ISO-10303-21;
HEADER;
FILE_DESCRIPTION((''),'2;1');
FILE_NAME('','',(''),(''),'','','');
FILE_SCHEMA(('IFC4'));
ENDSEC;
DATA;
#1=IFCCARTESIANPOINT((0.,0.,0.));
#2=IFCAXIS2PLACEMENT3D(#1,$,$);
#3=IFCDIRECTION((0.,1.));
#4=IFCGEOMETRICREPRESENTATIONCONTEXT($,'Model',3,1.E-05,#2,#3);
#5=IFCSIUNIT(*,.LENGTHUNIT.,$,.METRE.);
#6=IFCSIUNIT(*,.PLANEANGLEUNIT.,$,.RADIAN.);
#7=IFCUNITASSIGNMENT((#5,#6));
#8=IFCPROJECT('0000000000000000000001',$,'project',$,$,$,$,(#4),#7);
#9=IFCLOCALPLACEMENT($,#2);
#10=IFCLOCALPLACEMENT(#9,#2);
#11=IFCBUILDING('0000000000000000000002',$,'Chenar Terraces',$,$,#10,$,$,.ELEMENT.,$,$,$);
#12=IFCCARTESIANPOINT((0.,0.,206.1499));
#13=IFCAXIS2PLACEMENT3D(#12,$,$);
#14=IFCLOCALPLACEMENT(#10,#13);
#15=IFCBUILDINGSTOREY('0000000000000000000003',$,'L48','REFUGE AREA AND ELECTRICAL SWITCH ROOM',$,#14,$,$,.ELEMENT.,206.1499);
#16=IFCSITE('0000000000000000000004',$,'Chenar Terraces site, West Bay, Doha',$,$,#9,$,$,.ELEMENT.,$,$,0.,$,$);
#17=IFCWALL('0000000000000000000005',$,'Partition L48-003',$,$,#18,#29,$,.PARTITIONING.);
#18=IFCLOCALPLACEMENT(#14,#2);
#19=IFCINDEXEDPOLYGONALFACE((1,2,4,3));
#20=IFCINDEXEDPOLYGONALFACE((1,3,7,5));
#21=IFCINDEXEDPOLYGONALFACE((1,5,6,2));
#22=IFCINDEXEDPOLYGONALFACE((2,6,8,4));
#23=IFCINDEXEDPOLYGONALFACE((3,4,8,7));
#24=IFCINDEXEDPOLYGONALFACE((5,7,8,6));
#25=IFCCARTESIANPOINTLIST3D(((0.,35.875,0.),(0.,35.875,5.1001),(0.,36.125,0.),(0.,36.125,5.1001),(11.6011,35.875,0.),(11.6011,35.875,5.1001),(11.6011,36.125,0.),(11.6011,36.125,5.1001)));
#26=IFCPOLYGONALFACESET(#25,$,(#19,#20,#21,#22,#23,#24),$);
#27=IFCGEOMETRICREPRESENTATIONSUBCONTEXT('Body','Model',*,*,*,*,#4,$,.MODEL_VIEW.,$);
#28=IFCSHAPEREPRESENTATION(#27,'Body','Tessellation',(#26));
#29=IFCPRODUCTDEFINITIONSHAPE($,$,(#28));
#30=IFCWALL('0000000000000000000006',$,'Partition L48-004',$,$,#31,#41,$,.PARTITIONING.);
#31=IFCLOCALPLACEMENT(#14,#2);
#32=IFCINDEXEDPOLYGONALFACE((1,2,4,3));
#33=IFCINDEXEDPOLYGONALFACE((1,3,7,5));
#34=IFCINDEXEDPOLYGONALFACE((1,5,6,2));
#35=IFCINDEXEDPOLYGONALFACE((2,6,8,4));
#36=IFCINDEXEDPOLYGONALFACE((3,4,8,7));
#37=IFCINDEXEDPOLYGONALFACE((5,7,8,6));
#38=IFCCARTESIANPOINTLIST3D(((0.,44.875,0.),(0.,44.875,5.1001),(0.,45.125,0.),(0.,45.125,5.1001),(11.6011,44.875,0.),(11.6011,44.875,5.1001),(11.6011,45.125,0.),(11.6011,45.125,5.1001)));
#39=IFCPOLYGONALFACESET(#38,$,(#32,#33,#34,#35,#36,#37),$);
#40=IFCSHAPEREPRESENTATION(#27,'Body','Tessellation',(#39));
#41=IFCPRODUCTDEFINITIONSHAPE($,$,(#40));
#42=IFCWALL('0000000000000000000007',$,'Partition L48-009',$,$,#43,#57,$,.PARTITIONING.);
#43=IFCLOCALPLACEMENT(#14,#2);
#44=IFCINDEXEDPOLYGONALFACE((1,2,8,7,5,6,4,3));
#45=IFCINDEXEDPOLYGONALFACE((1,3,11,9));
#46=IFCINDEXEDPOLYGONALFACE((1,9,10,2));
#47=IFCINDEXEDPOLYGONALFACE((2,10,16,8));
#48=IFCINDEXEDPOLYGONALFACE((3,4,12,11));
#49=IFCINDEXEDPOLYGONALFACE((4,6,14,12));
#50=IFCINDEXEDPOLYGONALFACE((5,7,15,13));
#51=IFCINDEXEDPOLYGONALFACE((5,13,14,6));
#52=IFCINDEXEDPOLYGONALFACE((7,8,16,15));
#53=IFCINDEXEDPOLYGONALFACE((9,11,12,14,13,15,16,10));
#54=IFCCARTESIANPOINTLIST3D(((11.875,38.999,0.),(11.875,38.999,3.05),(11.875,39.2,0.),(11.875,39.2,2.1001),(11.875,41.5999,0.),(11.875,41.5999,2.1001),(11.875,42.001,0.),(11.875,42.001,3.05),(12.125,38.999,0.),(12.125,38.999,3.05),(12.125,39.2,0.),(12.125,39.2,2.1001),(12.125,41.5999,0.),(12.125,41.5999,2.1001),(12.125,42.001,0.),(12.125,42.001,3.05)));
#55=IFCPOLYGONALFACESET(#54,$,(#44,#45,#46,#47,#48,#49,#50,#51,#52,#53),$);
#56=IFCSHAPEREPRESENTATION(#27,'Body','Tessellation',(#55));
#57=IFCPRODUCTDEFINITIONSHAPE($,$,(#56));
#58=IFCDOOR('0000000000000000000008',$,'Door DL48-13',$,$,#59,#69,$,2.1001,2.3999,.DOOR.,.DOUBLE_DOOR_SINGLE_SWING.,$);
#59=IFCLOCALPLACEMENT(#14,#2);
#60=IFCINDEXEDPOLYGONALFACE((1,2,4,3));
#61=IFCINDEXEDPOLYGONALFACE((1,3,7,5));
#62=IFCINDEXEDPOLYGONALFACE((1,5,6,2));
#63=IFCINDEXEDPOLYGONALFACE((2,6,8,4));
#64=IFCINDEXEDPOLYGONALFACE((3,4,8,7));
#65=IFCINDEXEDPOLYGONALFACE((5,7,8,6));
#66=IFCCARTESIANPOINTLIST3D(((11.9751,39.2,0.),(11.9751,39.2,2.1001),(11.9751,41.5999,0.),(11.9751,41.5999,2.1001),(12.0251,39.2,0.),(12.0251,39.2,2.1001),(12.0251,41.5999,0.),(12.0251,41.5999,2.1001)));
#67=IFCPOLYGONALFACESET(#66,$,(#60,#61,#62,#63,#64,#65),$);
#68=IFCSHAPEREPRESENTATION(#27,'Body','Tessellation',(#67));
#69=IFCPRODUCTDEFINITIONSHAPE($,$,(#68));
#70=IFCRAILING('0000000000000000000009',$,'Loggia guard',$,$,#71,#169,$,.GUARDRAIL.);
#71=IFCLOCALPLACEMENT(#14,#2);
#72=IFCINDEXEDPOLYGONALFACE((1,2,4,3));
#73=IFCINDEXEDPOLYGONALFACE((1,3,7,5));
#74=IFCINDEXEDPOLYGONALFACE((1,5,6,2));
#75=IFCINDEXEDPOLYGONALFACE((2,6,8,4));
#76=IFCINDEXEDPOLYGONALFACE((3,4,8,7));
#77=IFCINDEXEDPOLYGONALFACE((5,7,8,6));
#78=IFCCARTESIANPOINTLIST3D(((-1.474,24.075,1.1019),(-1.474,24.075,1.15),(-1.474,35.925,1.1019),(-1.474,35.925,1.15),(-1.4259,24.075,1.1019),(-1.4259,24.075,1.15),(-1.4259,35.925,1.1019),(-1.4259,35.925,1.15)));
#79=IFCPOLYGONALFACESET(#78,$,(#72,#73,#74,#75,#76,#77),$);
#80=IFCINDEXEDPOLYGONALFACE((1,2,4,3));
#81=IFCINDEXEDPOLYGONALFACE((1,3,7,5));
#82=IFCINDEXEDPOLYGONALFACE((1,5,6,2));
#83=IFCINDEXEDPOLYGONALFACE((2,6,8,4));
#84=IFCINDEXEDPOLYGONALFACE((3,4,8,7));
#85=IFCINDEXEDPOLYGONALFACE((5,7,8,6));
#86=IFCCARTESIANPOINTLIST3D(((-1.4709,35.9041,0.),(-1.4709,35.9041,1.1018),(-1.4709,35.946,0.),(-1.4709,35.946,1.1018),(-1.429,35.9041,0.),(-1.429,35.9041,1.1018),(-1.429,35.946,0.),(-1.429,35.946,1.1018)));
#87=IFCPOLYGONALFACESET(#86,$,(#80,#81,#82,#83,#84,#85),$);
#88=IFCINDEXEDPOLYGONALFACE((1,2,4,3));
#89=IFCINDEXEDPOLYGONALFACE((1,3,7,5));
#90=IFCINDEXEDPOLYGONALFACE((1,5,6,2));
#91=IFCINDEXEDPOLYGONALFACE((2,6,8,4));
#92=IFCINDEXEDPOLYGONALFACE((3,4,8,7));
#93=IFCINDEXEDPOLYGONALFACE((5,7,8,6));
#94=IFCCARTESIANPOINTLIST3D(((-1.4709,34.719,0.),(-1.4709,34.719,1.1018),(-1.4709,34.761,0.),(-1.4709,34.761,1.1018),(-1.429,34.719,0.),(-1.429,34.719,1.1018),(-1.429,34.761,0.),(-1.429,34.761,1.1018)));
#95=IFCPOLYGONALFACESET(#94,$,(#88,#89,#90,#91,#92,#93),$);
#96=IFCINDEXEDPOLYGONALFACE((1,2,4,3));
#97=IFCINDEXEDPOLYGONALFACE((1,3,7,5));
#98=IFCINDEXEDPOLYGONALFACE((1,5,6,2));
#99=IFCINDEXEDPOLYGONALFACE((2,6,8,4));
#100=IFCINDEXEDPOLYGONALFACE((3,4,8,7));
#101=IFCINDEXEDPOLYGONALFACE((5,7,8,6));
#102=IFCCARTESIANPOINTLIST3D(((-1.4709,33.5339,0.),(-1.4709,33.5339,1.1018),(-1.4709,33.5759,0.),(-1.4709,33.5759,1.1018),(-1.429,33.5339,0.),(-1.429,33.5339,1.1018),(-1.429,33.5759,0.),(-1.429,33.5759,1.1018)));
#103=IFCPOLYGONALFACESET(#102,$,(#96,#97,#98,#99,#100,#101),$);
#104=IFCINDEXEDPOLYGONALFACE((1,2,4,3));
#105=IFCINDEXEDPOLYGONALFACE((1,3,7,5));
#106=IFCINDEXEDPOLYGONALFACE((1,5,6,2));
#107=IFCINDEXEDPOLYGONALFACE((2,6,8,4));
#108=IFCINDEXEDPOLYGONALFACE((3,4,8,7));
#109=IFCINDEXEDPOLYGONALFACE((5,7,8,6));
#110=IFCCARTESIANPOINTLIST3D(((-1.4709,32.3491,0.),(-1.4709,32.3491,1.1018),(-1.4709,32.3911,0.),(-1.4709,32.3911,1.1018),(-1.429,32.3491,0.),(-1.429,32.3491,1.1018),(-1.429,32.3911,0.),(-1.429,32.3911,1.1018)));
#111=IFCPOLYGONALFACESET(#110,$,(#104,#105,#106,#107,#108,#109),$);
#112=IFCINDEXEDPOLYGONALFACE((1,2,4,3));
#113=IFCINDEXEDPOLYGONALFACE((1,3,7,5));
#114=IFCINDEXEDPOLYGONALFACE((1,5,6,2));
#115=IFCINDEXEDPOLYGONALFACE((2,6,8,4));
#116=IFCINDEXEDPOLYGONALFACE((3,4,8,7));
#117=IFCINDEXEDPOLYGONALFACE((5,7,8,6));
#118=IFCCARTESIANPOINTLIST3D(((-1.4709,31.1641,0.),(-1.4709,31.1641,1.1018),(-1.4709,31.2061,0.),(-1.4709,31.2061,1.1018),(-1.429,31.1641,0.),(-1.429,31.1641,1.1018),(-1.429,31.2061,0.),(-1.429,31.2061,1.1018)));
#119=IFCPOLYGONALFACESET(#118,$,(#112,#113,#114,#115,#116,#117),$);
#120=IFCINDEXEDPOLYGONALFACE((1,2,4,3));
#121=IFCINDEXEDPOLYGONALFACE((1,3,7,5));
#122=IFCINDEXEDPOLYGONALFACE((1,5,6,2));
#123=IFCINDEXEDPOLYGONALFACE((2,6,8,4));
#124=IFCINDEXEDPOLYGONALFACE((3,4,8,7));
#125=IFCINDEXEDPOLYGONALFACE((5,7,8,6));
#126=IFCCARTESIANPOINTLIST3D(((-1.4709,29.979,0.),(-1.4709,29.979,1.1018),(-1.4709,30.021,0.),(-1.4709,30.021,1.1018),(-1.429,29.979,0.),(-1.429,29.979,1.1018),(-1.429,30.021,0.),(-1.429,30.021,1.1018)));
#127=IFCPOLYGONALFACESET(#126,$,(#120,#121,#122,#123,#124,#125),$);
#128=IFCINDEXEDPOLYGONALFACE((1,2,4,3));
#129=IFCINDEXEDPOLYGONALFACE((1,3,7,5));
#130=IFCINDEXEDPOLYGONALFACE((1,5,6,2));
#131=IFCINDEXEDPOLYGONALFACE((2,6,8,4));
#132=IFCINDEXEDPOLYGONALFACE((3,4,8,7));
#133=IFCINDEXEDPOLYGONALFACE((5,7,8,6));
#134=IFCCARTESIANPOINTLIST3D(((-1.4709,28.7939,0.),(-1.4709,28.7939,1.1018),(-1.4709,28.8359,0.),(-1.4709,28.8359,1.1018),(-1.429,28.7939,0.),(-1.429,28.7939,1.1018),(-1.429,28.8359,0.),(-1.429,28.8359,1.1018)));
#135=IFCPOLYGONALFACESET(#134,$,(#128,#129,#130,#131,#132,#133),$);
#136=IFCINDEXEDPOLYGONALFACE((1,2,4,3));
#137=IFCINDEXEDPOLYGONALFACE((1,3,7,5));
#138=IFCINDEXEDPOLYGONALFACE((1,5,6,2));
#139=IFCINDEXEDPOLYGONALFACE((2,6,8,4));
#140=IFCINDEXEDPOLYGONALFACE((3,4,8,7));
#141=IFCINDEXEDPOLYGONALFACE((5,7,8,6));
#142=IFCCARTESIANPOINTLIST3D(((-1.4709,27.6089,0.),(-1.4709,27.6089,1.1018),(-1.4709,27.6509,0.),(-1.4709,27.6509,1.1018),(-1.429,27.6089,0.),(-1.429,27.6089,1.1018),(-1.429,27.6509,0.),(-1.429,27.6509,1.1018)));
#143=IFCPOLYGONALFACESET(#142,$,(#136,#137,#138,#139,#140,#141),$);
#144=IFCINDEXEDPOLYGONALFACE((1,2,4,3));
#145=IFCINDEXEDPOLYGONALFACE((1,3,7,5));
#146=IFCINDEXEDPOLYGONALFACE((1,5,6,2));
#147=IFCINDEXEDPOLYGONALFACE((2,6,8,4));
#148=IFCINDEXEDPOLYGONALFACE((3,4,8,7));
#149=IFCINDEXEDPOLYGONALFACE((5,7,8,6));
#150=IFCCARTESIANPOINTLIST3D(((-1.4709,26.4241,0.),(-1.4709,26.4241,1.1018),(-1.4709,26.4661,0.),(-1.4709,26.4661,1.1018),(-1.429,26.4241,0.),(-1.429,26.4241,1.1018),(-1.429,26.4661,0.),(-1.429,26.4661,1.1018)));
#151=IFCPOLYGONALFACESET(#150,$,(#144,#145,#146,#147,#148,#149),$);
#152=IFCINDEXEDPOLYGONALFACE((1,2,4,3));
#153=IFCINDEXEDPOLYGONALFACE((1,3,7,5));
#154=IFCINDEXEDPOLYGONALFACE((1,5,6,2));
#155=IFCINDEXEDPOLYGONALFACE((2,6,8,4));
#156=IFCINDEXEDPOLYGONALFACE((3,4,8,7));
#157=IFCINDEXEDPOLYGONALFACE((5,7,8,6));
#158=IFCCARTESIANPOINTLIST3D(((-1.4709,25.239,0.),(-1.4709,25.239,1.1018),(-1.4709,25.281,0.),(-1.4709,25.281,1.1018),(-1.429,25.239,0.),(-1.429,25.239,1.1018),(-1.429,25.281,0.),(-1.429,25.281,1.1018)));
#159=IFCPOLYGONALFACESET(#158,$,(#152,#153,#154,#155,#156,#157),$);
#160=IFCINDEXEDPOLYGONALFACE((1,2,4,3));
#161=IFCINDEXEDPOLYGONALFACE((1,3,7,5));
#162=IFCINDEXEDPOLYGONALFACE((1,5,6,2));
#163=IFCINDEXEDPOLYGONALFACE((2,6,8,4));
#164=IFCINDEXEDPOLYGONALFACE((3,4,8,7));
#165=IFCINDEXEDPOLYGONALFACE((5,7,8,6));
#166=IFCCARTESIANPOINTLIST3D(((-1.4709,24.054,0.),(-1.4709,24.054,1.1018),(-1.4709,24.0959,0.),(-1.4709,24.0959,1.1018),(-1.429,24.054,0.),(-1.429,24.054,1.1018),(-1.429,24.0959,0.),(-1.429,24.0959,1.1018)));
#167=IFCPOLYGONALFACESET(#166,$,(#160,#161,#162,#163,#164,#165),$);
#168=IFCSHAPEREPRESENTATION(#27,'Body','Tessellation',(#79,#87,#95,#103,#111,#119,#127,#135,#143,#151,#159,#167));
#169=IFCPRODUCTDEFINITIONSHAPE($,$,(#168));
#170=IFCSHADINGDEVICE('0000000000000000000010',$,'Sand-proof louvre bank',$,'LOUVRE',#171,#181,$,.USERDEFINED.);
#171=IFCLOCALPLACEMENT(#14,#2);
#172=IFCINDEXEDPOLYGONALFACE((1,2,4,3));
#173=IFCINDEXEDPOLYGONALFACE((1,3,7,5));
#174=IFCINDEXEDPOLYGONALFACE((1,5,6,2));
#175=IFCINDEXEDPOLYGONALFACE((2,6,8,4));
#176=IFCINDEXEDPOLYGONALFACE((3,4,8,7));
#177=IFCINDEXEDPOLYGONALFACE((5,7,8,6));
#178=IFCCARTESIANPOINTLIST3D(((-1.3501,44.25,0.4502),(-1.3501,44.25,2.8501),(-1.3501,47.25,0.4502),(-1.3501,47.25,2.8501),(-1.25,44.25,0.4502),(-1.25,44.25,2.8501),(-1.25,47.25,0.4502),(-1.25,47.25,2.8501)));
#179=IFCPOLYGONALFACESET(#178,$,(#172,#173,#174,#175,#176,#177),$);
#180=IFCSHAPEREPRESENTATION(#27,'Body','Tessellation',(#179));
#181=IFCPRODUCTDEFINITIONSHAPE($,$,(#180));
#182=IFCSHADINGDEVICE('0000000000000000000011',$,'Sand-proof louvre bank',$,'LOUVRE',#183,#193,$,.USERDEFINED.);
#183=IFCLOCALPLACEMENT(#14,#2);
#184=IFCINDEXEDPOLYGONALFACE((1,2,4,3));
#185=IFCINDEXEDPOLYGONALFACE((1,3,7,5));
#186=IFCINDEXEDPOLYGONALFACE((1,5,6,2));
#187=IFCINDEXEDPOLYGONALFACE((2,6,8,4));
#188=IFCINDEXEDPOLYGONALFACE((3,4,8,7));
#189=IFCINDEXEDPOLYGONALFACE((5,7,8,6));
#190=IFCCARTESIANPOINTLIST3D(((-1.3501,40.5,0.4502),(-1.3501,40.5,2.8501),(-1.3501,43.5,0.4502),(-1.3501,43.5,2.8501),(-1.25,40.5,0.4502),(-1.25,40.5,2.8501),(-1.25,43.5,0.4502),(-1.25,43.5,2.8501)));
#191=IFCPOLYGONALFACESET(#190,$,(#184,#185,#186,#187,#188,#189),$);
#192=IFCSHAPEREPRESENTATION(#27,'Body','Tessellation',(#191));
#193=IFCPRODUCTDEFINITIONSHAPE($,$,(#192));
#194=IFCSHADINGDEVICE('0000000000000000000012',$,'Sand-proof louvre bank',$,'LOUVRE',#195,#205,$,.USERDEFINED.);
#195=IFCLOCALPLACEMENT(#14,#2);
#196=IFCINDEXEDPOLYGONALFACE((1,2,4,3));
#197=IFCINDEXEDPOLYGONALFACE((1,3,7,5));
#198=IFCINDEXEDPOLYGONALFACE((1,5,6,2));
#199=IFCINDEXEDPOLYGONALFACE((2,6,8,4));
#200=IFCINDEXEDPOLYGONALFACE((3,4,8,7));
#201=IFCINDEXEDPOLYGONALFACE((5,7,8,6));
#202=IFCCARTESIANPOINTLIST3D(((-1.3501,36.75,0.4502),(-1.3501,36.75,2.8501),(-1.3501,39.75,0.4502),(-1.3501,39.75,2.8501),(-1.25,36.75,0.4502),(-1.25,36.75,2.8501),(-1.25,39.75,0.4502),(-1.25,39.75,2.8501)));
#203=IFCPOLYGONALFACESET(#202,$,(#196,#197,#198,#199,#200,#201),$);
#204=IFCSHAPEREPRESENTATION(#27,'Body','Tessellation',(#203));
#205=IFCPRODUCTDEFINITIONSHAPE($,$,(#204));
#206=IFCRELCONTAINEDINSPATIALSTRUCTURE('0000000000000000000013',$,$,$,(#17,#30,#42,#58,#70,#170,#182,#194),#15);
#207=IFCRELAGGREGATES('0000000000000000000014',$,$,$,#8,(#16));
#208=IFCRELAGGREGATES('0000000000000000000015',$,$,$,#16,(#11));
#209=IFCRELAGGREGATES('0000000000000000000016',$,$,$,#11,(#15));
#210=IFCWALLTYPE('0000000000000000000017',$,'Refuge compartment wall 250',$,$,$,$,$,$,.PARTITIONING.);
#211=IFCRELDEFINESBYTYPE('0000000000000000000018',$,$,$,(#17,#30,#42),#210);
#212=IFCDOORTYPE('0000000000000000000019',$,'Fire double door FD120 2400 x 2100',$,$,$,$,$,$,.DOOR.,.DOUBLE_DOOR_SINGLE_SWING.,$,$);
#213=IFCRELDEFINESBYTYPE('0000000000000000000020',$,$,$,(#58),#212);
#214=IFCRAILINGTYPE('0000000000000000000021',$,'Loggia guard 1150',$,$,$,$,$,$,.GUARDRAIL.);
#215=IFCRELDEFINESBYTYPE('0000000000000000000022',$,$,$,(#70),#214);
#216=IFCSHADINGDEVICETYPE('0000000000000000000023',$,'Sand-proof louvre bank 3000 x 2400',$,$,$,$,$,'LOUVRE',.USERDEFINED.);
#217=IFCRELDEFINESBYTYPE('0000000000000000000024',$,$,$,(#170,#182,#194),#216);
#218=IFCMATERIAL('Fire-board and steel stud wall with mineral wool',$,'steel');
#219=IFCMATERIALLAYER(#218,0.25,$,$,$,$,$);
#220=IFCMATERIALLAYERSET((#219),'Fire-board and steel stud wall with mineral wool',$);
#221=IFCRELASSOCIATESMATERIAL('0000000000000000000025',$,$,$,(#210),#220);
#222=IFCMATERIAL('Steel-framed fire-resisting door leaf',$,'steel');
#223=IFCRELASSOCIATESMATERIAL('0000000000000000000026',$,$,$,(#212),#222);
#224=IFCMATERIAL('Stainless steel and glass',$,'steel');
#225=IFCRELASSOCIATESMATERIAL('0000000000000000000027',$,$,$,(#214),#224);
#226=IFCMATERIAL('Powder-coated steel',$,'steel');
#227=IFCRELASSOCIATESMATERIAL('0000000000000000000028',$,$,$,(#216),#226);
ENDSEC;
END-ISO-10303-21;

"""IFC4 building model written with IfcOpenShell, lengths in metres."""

from ifc_helpers import new_model, si_unit, direction, frame, frame_2d, origin, origin_2d, place, context, subcontext, project, spatial, rectangle, extrude, material, layer, layer_set, type_object, element, fill, save


model = new_model("IFC4")

# Units and contexts
model_context = context("Model", 3, precision=1e-05, world=origin(), true_north=direction((0.0, 1.0)))
body_context = subcontext(model_context, "Body", "Model", "MODEL_VIEW")
ifc_project = project(units=[si_unit("LENGTHUNIT", "METRE"), si_unit("PLANEANGLEUNIT", "RADIAN")], contexts=[model_context])

# Site, building, storey
site_placement = place(None, origin())
site = spatial("IfcSite", under=ifc_project, at=site_placement, Name="Chenar Terraces site, West Bay, Doha", CompositionType="ELEMENT", RefElevation=0.0)
building_placement = place(site_placement, origin())
building = spatial("IfcBuilding", under=site, at=building_placement, Name="Chenar Terraces", CompositionType="ELEMENT")
storey_placement = place(building_placement, frame((0.0, 0.0, 206.1499)))
storey = spatial("IfcBuildingStorey", under=building, at=storey_placement, Name="L48", Description="REFUGE AREA AND ELECTRICAL SWITCH ROOM", CompositionType="ELEMENT", Elevation=206.1499)

# Shared definitions
placement_1 = place(storey_placement, frame((0.0, 36.0, 0.0), z_axis=(0.0, 0.0, 1.0), x_axis=(1.0, 0.0, 0.0)))
placement_2 = place(storey_placement, frame((0.0, 45.0, 0.0), z_axis=(0.0, 0.0, 1.0), x_axis=(1.0, 0.0, 0.0)))

# Walls
ifc_material_1 = material(Name="Fire-board and steel stud wall with mineral wool", Category="steel")
ifc_layer_1 = layer(ifc_material_1, 0.25)
ifc_layer_set_1 = layer_set([ifc_layer_1], Name="Fire-board and steel stud wall with mineral wool")
wall_type_1 = type_object("IfcWallType", Name="Refuge compartment wall 250", PredefinedType="PARTITIONING", material=ifc_layer_set_1)
element("IfcWall", 1, at=placement_1, inside=storey, type_object=wall_type_1, Name="Partition L48-003", PredefinedType="PARTITIONING", context=body_context, shape_type="SweptSolid", body=[
    extrude(rectangle(XDim=11.6011, YDim=0.25, at=frame_2d((5.8005, 0.0))), origin(), (0.0, 0.0, 1.0), 5.1001),
])
element("IfcWall", 2, at=placement_2, inside=storey, type_object=wall_type_1, Name="Partition L48-004", PredefinedType="PARTITIONING", context=body_context, shape_type="SweptSolid", body=[
    extrude(rectangle(XDim=11.6011, YDim=0.25, at=frame_2d((5.8005, 0.0))), origin(), (0.0, 0.0, 1.0), 5.1001),
])

# Wall, opening, door
wall_1_placement = place(storey_placement, frame((12.0, 38.999, 0.0), z_axis=(0.0, 0.0, 1.0), x_axis=(0.0, 1.0, 0.0)))
wall_1 = element("IfcWall", 3, at=wall_1_placement, inside=storey, type_object=wall_type_1, Name="Partition L48-009", PredefinedType="PARTITIONING", context=body_context, shape_type="SweptSolid", body=[
    extrude(rectangle(XDim=3.002, YDim=0.25, at=frame_2d((1.501, 0.0))), origin(), (0.0, 0.0, 1.0), 3.05),
])
opening_1_placement = place(wall_1_placement, frame((0.2009, 0.0, 0.0)))
opening_1 = element("IfcOpeningElement", 4, at=opening_1_placement, cuts=wall_1, PredefinedType="OPENING", context=body_context, shape_type="SweptSolid", body=[
    extrude(rectangle(XDim=2.3999, YDim=2.1001, at=frame_2d((1.2, 1.05))), frame((0.0, 0.135, 0.0), z_axis=(0.0, -1.0, 0.0), x_axis=(1.0, 0.0, 0.0)), (0.0, 0.0, 1.0), 0.27),
])
ifc_material_2 = material(Name="Steel-framed fire-resisting door leaf", Category="steel")
door_type = type_object("IfcDoorType", Name="Fire double door FD120 2400 x 2100", OperationType="DOUBLE_DOOR_SINGLE_SWING", PredefinedType="DOOR", material=ifc_material_2)
door_placement = place(opening_1_placement, origin())
door = element("IfcDoor", 5, at=door_placement, inside=storey, type_object=door_type, Name="Door DL48-13", OperationType="DOUBLE_DOOR_SINGLE_SWING", OverallHeight=2.1001, OverallWidth=2.3999, PredefinedType="DOOR", context=body_context, shape_type="SweptSolid", body=[
    extrude(rectangle(XDim=2.3999, YDim=2.1001, at=frame_2d((1.2, 1.05))), frame((0.0, 0.0249, 0.0), z_axis=(0.0, -1.0, 0.0), x_axis=(1.0, 0.0, 0.0)), (0.0, 0.0, 1.0), 0.05),
])
fill(opening_1, door)

# Railing
ifc_material_3 = material(Name="Stainless steel and glass", Category="steel")
railing_type = type_object("IfcRailingType", Name="Loggia guard 1150", PredefinedType="GUARDRAIL", material=ifc_material_3)
railing_placement = place(storey_placement, frame((-1.45, 35.925, 0.0)))
element("IfcRailing", 6, at=railing_placement, inside=storey, type_object=railing_type, Name="Loggia guard", PredefinedType="GUARDRAIL", context=body_context, shape_type="SweptSolid", body=[
    extrude(rectangle(XDim=0.0481, YDim=0.0481, at=origin_2d()), frame((0.0, 0.0, 1.126), z_axis=(0.0, -1.0, 0.0), x_axis=(1.0, 0.0, 0.0)), (0.0, 0.0, 1.0), 11.8501),
    extrude(rectangle(XDim=0.042, YDim=0.042, at=origin_2d()), origin(), (0.0, 0.0, 1.0), 1.1018),
    extrude(rectangle(XDim=0.042, YDim=0.042, at=origin_2d()), frame((0.0, -1.1851, 0.0)), (0.0, 0.0, 1.0), 1.1018),
    extrude(rectangle(XDim=0.042, YDim=0.042, at=origin_2d()), frame((0.0, -2.3701, 0.0)), (0.0, 0.0, 1.0), 1.1018),
    extrude(rectangle(XDim=0.042, YDim=0.042, at=origin_2d()), frame((0.0, -3.5549, 0.0)), (0.0, 0.0, 1.0), 1.1018),
    extrude(rectangle(XDim=0.042, YDim=0.042, at=origin_2d()), frame((0.0, -4.74, 0.0)), (0.0, 0.0, 1.0), 1.1018),
    extrude(rectangle(XDim=0.042, YDim=0.042, at=origin_2d()), frame((0.0, -5.925, 0.0)), (0.0, 0.0, 1.0), 1.1018),
    extrude(rectangle(XDim=0.042, YDim=0.042, at=origin_2d()), frame((0.0, -7.1101, 0.0)), (0.0, 0.0, 1.0), 1.1018),
    extrude(rectangle(XDim=0.042, YDim=0.042, at=origin_2d()), frame((0.0, -8.2952, 0.0)), (0.0, 0.0, 1.0), 1.1018),
    extrude(rectangle(XDim=0.042, YDim=0.042, at=origin_2d()), frame((0.0, -9.48, 0.0)), (0.0, 0.0, 1.0), 1.1018),
    extrude(rectangle(XDim=0.042, YDim=0.042, at=origin_2d()), frame((0.0, -10.665, 0.0)), (0.0, 0.0, 1.0), 1.1018),
    extrude(rectangle(XDim=0.042, YDim=0.042, at=origin_2d()), frame((0.0, -11.8501, 0.0)), (0.0, 0.0, 1.0), 1.1018),
])

# Shading devices
ifc_material_4 = material(Name="Powder-coated steel", Category="steel")
shading_device_type = type_object("IfcShadingDeviceType", Name="Sand-proof louvre bank 3000 x 2400", ElementType="LOUVRE", PredefinedType="USERDEFINED", material=ifc_material_4)
for number, where, z_axis, x_axis, name in (
    (7, (-1.3, 45.75, 0.4502), (0.0, 0.0, 1.0), (0.0, -1.0, 0.0), "Sand-proof louvre bank"),
    (8, (-1.3, 42.0, 0.4502), (0.0, 0.0, 1.0), (0.0, -1.0, 0.0), "Sand-proof louvre bank"),
    (9, (-1.3, 38.25, 0.4502), (0.0, 0.0, 1.0), (0.0, -1.0, 0.0), "Sand-proof louvre bank"),
):
    element("IfcShadingDevice", number, at=place(storey_placement, frame(where, z_axis=z_axis, x_axis=x_axis)), inside=storey, type_object=shading_device_type, Name=name, ObjectType="LOUVRE", PredefinedType="USERDEFINED", context=body_context, shape_type="SweptSolid", body=[
        extrude(rectangle(XDim=3.0, YDim=0.1001, at=origin_2d()), origin(), (0.0, 0.0, 1.0), 2.3999),
    ])

save(model, "model.ifc")
